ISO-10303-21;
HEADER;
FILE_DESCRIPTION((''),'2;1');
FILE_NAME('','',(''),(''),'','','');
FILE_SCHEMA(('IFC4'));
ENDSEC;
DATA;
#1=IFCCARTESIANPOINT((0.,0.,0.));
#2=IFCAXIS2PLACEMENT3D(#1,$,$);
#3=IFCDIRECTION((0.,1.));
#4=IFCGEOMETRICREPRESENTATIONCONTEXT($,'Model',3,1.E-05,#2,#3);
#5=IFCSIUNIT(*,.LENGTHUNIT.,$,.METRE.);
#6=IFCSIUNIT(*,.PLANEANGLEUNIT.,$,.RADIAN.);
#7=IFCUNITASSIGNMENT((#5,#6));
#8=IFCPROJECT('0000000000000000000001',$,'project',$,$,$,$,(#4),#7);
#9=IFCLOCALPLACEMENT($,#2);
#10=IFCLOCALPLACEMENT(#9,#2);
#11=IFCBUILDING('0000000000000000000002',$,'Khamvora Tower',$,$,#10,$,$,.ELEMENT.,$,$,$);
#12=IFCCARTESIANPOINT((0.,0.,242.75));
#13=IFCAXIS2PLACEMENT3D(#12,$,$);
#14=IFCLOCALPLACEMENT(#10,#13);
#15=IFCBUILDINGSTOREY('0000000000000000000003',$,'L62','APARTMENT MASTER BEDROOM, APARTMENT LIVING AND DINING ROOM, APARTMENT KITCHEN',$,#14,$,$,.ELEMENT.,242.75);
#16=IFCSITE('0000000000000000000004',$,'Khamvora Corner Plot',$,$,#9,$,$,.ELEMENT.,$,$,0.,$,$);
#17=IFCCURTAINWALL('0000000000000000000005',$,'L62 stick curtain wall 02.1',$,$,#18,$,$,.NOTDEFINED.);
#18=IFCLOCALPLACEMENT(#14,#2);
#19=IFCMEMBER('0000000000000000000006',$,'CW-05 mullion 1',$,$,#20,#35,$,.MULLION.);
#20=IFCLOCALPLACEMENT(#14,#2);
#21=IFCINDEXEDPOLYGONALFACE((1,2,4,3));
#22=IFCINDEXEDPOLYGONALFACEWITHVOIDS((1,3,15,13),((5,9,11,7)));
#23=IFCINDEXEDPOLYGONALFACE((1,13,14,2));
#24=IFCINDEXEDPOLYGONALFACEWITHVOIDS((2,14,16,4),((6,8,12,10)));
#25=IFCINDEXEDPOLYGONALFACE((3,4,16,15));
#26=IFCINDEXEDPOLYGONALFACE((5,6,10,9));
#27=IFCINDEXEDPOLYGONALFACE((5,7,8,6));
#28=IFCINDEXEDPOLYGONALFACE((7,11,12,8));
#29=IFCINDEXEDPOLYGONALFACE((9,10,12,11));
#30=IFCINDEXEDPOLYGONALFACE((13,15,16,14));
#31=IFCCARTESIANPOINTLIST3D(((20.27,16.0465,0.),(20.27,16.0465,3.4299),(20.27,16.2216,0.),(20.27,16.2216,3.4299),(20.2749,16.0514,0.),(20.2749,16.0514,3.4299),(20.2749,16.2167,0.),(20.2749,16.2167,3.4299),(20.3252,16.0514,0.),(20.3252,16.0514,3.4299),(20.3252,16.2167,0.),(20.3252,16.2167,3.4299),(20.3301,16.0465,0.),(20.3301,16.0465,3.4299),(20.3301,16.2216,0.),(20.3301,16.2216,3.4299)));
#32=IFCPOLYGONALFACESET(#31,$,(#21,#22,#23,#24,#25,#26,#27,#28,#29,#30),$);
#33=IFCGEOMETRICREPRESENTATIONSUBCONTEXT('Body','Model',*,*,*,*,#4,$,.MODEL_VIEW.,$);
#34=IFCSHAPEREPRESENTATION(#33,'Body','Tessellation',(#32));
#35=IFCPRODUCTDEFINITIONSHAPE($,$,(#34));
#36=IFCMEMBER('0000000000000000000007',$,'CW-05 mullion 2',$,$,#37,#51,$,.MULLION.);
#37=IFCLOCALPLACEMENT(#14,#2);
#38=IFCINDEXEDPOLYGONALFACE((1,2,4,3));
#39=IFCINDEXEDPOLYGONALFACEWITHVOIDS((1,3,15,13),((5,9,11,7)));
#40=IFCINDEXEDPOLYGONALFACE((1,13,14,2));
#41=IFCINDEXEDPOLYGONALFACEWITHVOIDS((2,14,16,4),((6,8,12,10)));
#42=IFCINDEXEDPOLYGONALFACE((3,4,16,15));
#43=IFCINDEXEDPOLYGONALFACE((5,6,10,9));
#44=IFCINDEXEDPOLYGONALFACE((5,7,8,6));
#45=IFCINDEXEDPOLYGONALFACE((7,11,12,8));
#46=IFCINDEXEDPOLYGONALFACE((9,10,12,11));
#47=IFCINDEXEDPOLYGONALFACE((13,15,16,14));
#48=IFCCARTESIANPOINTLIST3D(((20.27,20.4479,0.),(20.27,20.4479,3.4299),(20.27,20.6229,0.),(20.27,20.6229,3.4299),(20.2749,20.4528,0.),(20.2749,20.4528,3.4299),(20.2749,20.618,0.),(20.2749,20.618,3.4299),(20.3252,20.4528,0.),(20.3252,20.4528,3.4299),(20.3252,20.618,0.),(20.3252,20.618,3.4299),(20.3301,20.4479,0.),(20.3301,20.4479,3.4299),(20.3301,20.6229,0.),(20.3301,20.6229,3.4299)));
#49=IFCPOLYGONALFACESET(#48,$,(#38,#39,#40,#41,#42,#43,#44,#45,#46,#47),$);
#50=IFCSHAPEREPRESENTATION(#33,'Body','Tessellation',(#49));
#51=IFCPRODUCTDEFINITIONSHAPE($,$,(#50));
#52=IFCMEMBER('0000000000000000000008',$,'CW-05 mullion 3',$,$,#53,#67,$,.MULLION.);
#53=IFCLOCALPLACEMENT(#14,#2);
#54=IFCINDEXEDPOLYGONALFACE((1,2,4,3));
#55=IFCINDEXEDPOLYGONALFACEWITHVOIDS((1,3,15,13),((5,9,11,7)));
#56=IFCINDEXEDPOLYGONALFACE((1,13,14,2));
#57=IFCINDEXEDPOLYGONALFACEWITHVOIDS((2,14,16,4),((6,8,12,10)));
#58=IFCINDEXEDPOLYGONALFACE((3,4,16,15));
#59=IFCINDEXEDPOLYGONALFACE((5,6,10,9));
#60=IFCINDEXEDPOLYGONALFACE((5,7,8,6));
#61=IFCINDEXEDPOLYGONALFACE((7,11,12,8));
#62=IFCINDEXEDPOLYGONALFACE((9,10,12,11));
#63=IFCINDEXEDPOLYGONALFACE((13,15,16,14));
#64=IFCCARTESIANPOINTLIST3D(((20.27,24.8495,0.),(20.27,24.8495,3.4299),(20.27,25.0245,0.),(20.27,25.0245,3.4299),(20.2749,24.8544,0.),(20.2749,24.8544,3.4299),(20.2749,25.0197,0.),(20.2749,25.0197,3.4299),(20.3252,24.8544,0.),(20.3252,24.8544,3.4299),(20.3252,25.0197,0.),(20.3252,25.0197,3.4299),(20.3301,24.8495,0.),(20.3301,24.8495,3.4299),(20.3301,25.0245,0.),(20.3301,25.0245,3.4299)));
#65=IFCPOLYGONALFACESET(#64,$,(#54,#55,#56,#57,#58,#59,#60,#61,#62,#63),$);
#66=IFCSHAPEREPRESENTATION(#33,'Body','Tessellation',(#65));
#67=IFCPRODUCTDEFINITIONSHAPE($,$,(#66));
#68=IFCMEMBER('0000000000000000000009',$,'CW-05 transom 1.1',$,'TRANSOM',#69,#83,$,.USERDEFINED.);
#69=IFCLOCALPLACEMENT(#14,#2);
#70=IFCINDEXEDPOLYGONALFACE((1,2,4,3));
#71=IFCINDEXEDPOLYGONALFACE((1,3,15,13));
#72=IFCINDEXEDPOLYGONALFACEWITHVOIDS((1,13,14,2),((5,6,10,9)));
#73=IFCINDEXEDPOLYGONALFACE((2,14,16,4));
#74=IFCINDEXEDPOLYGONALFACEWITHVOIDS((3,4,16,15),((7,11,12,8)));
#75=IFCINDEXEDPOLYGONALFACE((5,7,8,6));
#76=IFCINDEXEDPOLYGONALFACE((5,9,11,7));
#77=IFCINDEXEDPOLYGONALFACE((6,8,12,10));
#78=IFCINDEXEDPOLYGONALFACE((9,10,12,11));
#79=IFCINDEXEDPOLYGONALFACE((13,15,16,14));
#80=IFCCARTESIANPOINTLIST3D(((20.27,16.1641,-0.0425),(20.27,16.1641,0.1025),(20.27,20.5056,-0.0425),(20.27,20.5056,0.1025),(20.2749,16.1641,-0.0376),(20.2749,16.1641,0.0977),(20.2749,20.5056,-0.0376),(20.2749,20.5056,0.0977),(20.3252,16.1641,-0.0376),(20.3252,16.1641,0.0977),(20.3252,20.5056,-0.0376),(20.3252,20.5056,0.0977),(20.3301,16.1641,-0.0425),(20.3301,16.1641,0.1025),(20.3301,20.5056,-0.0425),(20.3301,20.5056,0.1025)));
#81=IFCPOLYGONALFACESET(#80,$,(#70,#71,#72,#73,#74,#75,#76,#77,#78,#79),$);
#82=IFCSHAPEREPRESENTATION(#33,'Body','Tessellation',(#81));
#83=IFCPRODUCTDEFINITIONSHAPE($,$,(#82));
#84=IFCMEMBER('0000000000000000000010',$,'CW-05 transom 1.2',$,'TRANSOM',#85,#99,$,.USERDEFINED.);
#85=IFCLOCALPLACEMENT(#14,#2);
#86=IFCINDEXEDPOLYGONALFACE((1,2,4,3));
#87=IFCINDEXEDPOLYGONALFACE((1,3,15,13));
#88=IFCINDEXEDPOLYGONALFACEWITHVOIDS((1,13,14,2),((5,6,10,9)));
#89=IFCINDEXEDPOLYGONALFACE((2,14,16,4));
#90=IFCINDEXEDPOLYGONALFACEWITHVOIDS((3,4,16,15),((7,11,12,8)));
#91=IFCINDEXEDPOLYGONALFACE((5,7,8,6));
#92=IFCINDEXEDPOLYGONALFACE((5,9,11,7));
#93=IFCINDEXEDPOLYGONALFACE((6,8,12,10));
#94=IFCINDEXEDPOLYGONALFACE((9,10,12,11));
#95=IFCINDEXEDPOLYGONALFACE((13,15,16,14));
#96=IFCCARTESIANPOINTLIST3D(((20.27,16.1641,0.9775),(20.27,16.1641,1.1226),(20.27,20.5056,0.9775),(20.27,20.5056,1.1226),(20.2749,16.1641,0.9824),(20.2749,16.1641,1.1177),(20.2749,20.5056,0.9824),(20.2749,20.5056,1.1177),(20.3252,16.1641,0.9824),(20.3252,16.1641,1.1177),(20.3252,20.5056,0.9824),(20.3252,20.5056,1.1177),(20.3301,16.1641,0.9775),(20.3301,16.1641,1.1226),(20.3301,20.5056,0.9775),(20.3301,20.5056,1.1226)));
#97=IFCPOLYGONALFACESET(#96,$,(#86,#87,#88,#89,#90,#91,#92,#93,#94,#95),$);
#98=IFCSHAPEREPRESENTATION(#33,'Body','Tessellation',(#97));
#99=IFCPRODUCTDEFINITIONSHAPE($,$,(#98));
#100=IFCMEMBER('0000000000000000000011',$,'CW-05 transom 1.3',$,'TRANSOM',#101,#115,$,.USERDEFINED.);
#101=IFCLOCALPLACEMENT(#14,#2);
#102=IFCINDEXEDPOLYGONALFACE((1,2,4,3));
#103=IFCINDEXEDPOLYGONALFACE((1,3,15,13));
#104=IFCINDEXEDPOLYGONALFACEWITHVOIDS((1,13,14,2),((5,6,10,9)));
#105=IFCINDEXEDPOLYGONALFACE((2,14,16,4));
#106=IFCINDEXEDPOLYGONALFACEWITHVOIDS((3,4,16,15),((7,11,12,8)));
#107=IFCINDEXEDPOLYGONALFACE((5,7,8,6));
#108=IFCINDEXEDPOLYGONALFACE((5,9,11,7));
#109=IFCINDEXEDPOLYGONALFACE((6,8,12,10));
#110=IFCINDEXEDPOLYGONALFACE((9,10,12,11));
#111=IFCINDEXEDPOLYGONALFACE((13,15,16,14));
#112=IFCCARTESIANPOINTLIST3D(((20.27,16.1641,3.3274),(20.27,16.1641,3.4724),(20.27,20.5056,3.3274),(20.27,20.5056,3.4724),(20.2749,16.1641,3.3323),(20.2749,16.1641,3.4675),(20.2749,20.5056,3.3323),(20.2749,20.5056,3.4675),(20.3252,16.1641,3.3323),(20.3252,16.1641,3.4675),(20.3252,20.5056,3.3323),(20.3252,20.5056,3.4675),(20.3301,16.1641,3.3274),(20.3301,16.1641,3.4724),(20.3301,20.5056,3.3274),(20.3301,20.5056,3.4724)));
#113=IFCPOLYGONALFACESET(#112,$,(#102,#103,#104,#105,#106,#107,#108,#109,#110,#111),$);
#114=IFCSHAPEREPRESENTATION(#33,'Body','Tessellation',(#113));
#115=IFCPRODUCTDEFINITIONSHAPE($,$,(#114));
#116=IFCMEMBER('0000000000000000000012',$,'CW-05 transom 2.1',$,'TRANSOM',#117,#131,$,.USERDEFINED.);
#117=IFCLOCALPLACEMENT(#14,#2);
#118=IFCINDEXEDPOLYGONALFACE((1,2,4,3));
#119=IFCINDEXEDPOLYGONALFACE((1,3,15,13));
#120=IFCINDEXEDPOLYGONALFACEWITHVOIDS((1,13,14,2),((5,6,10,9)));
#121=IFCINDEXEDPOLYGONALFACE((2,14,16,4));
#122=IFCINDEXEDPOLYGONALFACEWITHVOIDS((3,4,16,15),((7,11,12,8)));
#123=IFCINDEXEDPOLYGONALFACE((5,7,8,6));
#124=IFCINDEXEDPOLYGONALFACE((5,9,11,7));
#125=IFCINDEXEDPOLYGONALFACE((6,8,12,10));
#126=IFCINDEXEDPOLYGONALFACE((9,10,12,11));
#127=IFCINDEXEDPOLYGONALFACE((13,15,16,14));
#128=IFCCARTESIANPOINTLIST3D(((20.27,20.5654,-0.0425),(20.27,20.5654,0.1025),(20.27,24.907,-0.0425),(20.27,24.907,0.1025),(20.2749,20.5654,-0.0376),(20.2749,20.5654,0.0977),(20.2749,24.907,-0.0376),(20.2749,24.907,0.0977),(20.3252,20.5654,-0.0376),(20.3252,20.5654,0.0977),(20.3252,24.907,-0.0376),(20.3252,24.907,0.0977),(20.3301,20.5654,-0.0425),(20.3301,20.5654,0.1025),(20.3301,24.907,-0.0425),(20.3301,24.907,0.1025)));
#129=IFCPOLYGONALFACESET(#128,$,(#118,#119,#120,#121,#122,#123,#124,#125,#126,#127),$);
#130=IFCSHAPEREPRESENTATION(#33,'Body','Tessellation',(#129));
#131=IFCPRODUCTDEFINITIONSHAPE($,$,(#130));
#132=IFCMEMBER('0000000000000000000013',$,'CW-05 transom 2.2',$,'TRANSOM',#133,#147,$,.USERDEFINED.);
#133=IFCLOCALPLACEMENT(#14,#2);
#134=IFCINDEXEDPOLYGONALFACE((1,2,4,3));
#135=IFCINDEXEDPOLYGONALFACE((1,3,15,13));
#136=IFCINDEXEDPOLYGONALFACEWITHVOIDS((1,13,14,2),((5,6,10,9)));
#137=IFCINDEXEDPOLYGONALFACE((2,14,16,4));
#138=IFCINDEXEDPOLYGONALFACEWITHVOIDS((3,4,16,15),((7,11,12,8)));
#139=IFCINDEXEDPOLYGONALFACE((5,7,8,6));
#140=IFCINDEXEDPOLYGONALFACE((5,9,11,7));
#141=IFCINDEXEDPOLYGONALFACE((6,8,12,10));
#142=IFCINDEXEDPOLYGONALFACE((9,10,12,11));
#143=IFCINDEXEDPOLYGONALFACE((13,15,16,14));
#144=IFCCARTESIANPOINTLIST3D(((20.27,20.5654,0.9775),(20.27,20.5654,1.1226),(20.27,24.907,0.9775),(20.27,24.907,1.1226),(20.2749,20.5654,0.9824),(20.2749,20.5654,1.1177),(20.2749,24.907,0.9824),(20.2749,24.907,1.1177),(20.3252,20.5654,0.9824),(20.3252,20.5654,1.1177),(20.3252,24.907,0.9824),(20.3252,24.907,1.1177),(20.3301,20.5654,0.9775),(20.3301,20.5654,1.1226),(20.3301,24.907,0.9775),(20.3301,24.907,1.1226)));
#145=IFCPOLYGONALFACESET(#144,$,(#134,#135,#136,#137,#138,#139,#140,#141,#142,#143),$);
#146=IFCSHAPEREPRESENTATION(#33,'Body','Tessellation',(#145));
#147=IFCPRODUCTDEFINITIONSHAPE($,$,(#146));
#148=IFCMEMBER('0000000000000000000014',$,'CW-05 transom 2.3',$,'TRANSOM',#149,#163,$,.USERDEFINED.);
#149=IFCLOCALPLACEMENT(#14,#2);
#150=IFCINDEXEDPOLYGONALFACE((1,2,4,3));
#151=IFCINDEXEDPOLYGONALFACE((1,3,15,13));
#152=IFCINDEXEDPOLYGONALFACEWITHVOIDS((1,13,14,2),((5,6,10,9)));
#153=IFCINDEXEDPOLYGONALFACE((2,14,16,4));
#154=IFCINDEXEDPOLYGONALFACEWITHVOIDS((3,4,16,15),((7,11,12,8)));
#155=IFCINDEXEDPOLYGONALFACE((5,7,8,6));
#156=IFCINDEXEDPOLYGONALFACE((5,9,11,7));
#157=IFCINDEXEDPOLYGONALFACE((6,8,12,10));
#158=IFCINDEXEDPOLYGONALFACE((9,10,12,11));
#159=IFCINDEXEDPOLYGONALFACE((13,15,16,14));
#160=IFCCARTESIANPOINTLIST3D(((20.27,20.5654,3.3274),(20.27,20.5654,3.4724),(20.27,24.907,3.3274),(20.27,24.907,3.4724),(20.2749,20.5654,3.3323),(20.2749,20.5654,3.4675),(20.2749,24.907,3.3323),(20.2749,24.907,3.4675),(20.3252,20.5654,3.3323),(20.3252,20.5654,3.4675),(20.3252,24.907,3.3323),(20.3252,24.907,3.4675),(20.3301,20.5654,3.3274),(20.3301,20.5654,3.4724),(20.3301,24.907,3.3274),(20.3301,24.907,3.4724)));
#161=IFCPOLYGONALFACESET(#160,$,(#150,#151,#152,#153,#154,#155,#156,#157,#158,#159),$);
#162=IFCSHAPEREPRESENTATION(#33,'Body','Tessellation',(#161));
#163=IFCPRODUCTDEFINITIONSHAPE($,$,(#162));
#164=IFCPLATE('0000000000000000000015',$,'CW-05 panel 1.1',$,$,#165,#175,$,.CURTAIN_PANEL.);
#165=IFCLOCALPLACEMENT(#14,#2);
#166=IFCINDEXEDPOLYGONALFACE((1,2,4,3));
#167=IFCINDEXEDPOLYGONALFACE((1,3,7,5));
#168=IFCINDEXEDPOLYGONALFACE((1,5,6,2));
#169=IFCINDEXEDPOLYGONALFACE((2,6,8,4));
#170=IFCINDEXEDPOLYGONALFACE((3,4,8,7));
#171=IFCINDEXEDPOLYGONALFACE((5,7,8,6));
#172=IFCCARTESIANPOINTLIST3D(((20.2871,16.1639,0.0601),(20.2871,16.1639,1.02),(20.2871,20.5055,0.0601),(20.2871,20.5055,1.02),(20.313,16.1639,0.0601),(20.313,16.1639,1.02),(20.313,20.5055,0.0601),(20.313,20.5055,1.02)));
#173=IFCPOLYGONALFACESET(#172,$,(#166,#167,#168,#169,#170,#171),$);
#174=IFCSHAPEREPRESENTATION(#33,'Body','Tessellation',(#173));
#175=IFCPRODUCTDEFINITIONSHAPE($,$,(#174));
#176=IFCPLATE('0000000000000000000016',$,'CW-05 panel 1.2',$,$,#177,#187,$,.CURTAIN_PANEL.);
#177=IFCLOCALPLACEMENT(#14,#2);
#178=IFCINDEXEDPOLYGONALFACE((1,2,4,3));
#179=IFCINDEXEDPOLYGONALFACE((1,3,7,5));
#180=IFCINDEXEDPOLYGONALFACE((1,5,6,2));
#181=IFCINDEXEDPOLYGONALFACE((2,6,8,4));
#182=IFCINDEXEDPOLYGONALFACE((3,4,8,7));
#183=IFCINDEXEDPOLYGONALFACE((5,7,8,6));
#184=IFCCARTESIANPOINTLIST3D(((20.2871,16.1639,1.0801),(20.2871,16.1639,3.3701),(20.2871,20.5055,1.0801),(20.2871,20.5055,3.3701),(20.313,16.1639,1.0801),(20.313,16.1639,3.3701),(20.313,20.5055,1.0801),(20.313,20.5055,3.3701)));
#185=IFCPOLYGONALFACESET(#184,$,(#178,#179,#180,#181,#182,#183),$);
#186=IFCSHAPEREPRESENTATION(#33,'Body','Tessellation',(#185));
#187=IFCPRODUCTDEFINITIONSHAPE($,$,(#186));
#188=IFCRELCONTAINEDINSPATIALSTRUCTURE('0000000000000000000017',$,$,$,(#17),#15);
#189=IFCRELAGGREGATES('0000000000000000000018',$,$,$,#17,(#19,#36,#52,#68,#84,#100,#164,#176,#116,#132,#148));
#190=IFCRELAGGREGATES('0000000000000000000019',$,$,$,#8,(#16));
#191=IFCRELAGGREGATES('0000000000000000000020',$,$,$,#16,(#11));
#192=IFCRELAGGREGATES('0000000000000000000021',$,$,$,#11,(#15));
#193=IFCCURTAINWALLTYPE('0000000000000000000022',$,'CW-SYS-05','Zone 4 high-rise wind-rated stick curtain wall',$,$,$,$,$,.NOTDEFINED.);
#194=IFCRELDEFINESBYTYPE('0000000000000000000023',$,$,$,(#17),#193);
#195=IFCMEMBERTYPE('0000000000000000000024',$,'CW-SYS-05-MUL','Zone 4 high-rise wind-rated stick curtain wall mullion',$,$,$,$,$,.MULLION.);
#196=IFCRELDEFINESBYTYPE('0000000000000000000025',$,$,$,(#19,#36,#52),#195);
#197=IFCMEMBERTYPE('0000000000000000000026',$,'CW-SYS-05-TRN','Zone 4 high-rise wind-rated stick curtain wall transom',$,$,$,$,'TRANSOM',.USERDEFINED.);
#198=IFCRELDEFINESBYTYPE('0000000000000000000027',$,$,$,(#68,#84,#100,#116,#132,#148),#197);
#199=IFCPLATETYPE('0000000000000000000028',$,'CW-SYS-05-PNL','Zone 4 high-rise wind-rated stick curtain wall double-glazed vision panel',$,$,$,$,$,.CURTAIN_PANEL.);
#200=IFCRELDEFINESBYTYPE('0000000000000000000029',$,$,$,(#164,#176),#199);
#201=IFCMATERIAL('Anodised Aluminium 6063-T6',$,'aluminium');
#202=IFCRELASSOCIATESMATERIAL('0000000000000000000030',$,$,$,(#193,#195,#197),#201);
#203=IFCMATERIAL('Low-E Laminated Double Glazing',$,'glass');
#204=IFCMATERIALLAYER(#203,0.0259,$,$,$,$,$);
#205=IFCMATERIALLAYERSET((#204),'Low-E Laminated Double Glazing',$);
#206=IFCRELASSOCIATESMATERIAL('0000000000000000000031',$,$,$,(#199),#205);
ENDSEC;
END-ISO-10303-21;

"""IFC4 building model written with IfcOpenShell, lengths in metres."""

from ifc_helpers import new_model, si_unit, direction, frame, origin, origin_2d, place, context, subcontext, project, spatial, rectangle, hollow_rectangle, extrude, material, layer, layer_set, material_profile, profile_set, type_object, element, aggregate, save


model = new_model("IFC4")

# Units and contexts
model_context = context("Model", 3, precision=1e-05, world=origin(), true_north=direction((0.0, 1.0)))
body_context = subcontext(model_context, "Body", "Model", "MODEL_VIEW")
ifc_project = project(units=[si_unit("LENGTHUNIT", "METRE"), si_unit("PLANEANGLEUNIT", "RADIAN")], contexts=[model_context])

# Site, building, storey
site_placement = place(None, origin())
site = spatial("IfcSite", under=ifc_project, at=site_placement, Name="Khamvora Corner Plot", CompositionType="ELEMENT", RefElevation=0.0)
building_placement = place(site_placement, origin())
building = spatial("IfcBuilding", under=site, at=building_placement, Name="Khamvora Tower", CompositionType="ELEMENT")
storey_placement = place(building_placement, frame((0.0, 0.0, 242.75)))
storey = spatial("IfcBuildingStorey", under=building, at=storey_placement, Name="L62", Description="APARTMENT MASTER BEDROOM, APARTMENT LIVING AND DINING ROOM, APARTMENT KITCHEN", CompositionType="ELEMENT", Elevation=242.75)

# Curtain wall, members, plates
ifc_material_1 = material(Name="Anodised Aluminium 6063-T6", Category="aluminium")
curtain_wall_type = type_object("IfcCurtainWallType", Name="CW-SYS-05", Description="Zone 4 high-rise wind-rated stick curtain wall", PredefinedType="NOTDEFINED", material=ifc_material_1)
curtain_wall_placement = place(storey_placement, origin())
curtain_wall = element("IfcCurtainWall", 1, at=curtain_wall_placement, inside=storey, type_object=curtain_wall_type, Name="L62 stick curtain wall 02.1", PredefinedType="NOTDEFINED")
ifc_material_profile_1 = material_profile(ifc_material_1, hollow_rectangle(XDim=0.0601, YDim=0.175, WallThickness=0.0049, at=origin_2d()), Name="MUL60x175x5")
ifc_profile_set_1 = profile_set([ifc_material_profile_1], Name="Anodised Aluminium 6063-T6")
member_type_1 = type_object("IfcMemberType", Name="CW-SYS-05-MUL", Description="Zone 4 high-rise wind-rated stick curtain wall mullion", PredefinedType="MULLION", material=ifc_profile_set_1)
member_1_placement = place(storey_placement, frame((20.3, 16.134, 0.0), z_axis=(0.0, 0.0, 1.0), x_axis=(-1.0, 0.0, 0.0)))
member_1 = element("IfcMember", 2, at=member_1_placement, type_object=member_type_1, Name="CW-05 mullion 1", PredefinedType="MULLION", context=body_context, shape_type="SweptSolid", body=[
    extrude(hollow_rectangle(XDim=0.0601, YDim=0.175, WallThickness=0.0049, at=origin_2d()), origin(), (0.0, 0.0, 1.0), 3.4299),
])
member_2_placement = place(storey_placement, frame((20.3, 20.5354, 0.0), z_axis=(0.0, 0.0, 1.0), x_axis=(-1.0, 0.0, 0.0)))
member_2 = element("IfcMember", 3, at=member_2_placement, type_object=member_type_1, Name="CW-05 mullion 2", PredefinedType="MULLION", context=body_context, shape_type="SweptSolid", body=[
    extrude(hollow_rectangle(XDim=0.0601, YDim=0.175, WallThickness=0.0049, at=origin_2d()), origin(), (0.0, 0.0, 1.0), 3.4299),
])
member_3_placement = place(storey_placement, frame((20.3, 24.937, 0.0), z_axis=(0.0, 0.0, 1.0), x_axis=(-1.0, 0.0, 0.0)))
member_3 = element("IfcMember", 4, at=member_3_placement, type_object=member_type_1, Name="CW-05 mullion 3", PredefinedType="MULLION", context=body_context, shape_type="SweptSolid", body=[
    extrude(hollow_rectangle(XDim=0.0601, YDim=0.175, WallThickness=0.0049, at=origin_2d()), origin(), (0.0, 0.0, 1.0), 3.4299),
])
ifc_material_profile_2 = material_profile(ifc_material_1, hollow_rectangle(XDim=0.0601, YDim=0.145, WallThickness=0.0049, at=origin_2d()), Name="TRN60x145x5")
ifc_profile_set_2 = profile_set([ifc_material_profile_2], Name="Anodised Aluminium 6063-T6")
member_type_2 = type_object("IfcMemberType", Name="CW-SYS-05-TRN", Description="Zone 4 high-rise wind-rated stick curtain wall transom", ElementType="TRANSOM", PredefinedType="USERDEFINED", material=ifc_profile_set_2)
member_4_placement = place(storey_placement, frame((20.3, 16.1641, 0.03), z_axis=(0.0, 1.0, 0.0), x_axis=(-1.0, 0.0, 0.0)))
member_4 = element("IfcMember", 5, at=member_4_placement, type_object=member_type_2, Name="CW-05 transom 1.1", ObjectType="TRANSOM", PredefinedType="USERDEFINED", context=body_context, shape_type="SweptSolid", body=[
    extrude(hollow_rectangle(XDim=0.0601, YDim=0.145, WallThickness=0.0049, at=origin_2d()), origin(), (0.0, 0.0, 1.0), 4.3416),
])
member_5_placement = place(storey_placement, frame((20.3, 16.1641, 1.05), z_axis=(0.0, 1.0, 0.0), x_axis=(-1.0, 0.0, 0.0)))
member_5 = element("IfcMember", 6, at=member_5_placement, type_object=member_type_2, Name="CW-05 transom 1.2", ObjectType="TRANSOM", PredefinedType="USERDEFINED", context=body_context, shape_type="SweptSolid", body=[
    extrude(hollow_rectangle(XDim=0.0601, YDim=0.145, WallThickness=0.0049, at=origin_2d()), origin(), (0.0, 0.0, 1.0), 4.3416),
])
member_6_placement = place(storey_placement, frame((20.3, 16.1641, 3.3999), z_axis=(0.0, 1.0, 0.0), x_axis=(-1.0, 0.0, 0.0)))
member_6 = element("IfcMember", 7, at=member_6_placement, type_object=member_type_2, Name="CW-05 transom 1.3", ObjectType="TRANSOM", PredefinedType="USERDEFINED", context=body_context, shape_type="SweptSolid", body=[
    extrude(hollow_rectangle(XDim=0.0601, YDim=0.145, WallThickness=0.0049, at=origin_2d()), origin(), (0.0, 0.0, 1.0), 4.3416),
])
member_7_placement = place(storey_placement, frame((20.3, 20.5654, 0.03), z_axis=(0.0, 1.0, 0.0), x_axis=(-1.0, 0.0, 0.0)))
member_7 = element("IfcMember", 8, at=member_7_placement, type_object=member_type_2, Name="CW-05 transom 2.1", ObjectType="TRANSOM", PredefinedType="USERDEFINED", context=body_context, shape_type="SweptSolid", body=[
    extrude(hollow_rectangle(XDim=0.0601, YDim=0.145, WallThickness=0.0049, at=origin_2d()), origin(), (0.0, 0.0, 1.0), 4.3416),
])
member_8_placement = place(storey_placement, frame((20.3, 20.5654, 1.05), z_axis=(0.0, 1.0, 0.0), x_axis=(-1.0, 0.0, 0.0)))
member_8 = element("IfcMember", 9, at=member_8_placement, type_object=member_type_2, Name="CW-05 transom 2.2", ObjectType="TRANSOM", PredefinedType="USERDEFINED", context=body_context, shape_type="SweptSolid", body=[
    extrude(hollow_rectangle(XDim=0.0601, YDim=0.145, WallThickness=0.0049, at=origin_2d()), origin(), (0.0, 0.0, 1.0), 4.3416),
])
member_9_placement = place(storey_placement, frame((20.3, 20.5654, 3.3999), z_axis=(0.0, 1.0, 0.0), x_axis=(-1.0, 0.0, 0.0)))
member_9 = element("IfcMember", 10, at=member_9_placement, type_object=member_type_2, Name="CW-05 transom 2.3", ObjectType="TRANSOM", PredefinedType="USERDEFINED", context=body_context, shape_type="SweptSolid", body=[
    extrude(hollow_rectangle(XDim=0.0601, YDim=0.145, WallThickness=0.0049, at=origin_2d()), origin(), (0.0, 0.0, 1.0), 4.3416),
])
ifc_material_2 = material(Name="Low-E Laminated Double Glazing", Category="glass")
ifc_layer_1 = layer(ifc_material_2, 0.0259)
ifc_layer_set_1 = layer_set([ifc_layer_1], Name="Low-E Laminated Double Glazing")
plate_type = type_object("IfcPlateType", Name="CW-SYS-05-PNL", Description="Zone 4 high-rise wind-rated stick curtain wall double-glazed vision panel", PredefinedType="CURTAIN_PANEL", material=ifc_layer_set_1)
plate_1_placement = place(storey_placement, frame((20.3, 18.3347, 0.0601), z_axis=(0.0, 0.0, 1.0), x_axis=(0.0, 1.0, 0.0)))
plate_1 = element("IfcPlate", 11, at=plate_1_placement, type_object=plate_type, Name="CW-05 panel 1.1", PredefinedType="CURTAIN_PANEL", context=body_context, shape_type="SweptSolid", body=[
    extrude(rectangle(XDim=4.3416, YDim=0.0259, at=origin_2d()), origin(), (0.0, 0.0, 1.0), 0.96),
])
plate_2_placement = place(storey_placement, frame((20.3, 18.3347, 1.0801), z_axis=(0.0, 0.0, 1.0), x_axis=(0.0, 1.0, 0.0)))
plate_2 = element("IfcPlate", 12, at=plate_2_placement, type_object=plate_type, Name="CW-05 panel 1.2", PredefinedType="CURTAIN_PANEL", context=body_context, shape_type="SweptSolid", body=[
    extrude(rectangle(XDim=4.3416, YDim=0.0259, at=origin_2d()), origin(), (0.0, 0.0, 1.0), 2.29),
])
aggregate(curtain_wall, [member_1, member_2, member_3, member_4, member_5, member_6, plate_1, plate_2, member_7, member_8, member_9])

save(model, "model.ifc")
